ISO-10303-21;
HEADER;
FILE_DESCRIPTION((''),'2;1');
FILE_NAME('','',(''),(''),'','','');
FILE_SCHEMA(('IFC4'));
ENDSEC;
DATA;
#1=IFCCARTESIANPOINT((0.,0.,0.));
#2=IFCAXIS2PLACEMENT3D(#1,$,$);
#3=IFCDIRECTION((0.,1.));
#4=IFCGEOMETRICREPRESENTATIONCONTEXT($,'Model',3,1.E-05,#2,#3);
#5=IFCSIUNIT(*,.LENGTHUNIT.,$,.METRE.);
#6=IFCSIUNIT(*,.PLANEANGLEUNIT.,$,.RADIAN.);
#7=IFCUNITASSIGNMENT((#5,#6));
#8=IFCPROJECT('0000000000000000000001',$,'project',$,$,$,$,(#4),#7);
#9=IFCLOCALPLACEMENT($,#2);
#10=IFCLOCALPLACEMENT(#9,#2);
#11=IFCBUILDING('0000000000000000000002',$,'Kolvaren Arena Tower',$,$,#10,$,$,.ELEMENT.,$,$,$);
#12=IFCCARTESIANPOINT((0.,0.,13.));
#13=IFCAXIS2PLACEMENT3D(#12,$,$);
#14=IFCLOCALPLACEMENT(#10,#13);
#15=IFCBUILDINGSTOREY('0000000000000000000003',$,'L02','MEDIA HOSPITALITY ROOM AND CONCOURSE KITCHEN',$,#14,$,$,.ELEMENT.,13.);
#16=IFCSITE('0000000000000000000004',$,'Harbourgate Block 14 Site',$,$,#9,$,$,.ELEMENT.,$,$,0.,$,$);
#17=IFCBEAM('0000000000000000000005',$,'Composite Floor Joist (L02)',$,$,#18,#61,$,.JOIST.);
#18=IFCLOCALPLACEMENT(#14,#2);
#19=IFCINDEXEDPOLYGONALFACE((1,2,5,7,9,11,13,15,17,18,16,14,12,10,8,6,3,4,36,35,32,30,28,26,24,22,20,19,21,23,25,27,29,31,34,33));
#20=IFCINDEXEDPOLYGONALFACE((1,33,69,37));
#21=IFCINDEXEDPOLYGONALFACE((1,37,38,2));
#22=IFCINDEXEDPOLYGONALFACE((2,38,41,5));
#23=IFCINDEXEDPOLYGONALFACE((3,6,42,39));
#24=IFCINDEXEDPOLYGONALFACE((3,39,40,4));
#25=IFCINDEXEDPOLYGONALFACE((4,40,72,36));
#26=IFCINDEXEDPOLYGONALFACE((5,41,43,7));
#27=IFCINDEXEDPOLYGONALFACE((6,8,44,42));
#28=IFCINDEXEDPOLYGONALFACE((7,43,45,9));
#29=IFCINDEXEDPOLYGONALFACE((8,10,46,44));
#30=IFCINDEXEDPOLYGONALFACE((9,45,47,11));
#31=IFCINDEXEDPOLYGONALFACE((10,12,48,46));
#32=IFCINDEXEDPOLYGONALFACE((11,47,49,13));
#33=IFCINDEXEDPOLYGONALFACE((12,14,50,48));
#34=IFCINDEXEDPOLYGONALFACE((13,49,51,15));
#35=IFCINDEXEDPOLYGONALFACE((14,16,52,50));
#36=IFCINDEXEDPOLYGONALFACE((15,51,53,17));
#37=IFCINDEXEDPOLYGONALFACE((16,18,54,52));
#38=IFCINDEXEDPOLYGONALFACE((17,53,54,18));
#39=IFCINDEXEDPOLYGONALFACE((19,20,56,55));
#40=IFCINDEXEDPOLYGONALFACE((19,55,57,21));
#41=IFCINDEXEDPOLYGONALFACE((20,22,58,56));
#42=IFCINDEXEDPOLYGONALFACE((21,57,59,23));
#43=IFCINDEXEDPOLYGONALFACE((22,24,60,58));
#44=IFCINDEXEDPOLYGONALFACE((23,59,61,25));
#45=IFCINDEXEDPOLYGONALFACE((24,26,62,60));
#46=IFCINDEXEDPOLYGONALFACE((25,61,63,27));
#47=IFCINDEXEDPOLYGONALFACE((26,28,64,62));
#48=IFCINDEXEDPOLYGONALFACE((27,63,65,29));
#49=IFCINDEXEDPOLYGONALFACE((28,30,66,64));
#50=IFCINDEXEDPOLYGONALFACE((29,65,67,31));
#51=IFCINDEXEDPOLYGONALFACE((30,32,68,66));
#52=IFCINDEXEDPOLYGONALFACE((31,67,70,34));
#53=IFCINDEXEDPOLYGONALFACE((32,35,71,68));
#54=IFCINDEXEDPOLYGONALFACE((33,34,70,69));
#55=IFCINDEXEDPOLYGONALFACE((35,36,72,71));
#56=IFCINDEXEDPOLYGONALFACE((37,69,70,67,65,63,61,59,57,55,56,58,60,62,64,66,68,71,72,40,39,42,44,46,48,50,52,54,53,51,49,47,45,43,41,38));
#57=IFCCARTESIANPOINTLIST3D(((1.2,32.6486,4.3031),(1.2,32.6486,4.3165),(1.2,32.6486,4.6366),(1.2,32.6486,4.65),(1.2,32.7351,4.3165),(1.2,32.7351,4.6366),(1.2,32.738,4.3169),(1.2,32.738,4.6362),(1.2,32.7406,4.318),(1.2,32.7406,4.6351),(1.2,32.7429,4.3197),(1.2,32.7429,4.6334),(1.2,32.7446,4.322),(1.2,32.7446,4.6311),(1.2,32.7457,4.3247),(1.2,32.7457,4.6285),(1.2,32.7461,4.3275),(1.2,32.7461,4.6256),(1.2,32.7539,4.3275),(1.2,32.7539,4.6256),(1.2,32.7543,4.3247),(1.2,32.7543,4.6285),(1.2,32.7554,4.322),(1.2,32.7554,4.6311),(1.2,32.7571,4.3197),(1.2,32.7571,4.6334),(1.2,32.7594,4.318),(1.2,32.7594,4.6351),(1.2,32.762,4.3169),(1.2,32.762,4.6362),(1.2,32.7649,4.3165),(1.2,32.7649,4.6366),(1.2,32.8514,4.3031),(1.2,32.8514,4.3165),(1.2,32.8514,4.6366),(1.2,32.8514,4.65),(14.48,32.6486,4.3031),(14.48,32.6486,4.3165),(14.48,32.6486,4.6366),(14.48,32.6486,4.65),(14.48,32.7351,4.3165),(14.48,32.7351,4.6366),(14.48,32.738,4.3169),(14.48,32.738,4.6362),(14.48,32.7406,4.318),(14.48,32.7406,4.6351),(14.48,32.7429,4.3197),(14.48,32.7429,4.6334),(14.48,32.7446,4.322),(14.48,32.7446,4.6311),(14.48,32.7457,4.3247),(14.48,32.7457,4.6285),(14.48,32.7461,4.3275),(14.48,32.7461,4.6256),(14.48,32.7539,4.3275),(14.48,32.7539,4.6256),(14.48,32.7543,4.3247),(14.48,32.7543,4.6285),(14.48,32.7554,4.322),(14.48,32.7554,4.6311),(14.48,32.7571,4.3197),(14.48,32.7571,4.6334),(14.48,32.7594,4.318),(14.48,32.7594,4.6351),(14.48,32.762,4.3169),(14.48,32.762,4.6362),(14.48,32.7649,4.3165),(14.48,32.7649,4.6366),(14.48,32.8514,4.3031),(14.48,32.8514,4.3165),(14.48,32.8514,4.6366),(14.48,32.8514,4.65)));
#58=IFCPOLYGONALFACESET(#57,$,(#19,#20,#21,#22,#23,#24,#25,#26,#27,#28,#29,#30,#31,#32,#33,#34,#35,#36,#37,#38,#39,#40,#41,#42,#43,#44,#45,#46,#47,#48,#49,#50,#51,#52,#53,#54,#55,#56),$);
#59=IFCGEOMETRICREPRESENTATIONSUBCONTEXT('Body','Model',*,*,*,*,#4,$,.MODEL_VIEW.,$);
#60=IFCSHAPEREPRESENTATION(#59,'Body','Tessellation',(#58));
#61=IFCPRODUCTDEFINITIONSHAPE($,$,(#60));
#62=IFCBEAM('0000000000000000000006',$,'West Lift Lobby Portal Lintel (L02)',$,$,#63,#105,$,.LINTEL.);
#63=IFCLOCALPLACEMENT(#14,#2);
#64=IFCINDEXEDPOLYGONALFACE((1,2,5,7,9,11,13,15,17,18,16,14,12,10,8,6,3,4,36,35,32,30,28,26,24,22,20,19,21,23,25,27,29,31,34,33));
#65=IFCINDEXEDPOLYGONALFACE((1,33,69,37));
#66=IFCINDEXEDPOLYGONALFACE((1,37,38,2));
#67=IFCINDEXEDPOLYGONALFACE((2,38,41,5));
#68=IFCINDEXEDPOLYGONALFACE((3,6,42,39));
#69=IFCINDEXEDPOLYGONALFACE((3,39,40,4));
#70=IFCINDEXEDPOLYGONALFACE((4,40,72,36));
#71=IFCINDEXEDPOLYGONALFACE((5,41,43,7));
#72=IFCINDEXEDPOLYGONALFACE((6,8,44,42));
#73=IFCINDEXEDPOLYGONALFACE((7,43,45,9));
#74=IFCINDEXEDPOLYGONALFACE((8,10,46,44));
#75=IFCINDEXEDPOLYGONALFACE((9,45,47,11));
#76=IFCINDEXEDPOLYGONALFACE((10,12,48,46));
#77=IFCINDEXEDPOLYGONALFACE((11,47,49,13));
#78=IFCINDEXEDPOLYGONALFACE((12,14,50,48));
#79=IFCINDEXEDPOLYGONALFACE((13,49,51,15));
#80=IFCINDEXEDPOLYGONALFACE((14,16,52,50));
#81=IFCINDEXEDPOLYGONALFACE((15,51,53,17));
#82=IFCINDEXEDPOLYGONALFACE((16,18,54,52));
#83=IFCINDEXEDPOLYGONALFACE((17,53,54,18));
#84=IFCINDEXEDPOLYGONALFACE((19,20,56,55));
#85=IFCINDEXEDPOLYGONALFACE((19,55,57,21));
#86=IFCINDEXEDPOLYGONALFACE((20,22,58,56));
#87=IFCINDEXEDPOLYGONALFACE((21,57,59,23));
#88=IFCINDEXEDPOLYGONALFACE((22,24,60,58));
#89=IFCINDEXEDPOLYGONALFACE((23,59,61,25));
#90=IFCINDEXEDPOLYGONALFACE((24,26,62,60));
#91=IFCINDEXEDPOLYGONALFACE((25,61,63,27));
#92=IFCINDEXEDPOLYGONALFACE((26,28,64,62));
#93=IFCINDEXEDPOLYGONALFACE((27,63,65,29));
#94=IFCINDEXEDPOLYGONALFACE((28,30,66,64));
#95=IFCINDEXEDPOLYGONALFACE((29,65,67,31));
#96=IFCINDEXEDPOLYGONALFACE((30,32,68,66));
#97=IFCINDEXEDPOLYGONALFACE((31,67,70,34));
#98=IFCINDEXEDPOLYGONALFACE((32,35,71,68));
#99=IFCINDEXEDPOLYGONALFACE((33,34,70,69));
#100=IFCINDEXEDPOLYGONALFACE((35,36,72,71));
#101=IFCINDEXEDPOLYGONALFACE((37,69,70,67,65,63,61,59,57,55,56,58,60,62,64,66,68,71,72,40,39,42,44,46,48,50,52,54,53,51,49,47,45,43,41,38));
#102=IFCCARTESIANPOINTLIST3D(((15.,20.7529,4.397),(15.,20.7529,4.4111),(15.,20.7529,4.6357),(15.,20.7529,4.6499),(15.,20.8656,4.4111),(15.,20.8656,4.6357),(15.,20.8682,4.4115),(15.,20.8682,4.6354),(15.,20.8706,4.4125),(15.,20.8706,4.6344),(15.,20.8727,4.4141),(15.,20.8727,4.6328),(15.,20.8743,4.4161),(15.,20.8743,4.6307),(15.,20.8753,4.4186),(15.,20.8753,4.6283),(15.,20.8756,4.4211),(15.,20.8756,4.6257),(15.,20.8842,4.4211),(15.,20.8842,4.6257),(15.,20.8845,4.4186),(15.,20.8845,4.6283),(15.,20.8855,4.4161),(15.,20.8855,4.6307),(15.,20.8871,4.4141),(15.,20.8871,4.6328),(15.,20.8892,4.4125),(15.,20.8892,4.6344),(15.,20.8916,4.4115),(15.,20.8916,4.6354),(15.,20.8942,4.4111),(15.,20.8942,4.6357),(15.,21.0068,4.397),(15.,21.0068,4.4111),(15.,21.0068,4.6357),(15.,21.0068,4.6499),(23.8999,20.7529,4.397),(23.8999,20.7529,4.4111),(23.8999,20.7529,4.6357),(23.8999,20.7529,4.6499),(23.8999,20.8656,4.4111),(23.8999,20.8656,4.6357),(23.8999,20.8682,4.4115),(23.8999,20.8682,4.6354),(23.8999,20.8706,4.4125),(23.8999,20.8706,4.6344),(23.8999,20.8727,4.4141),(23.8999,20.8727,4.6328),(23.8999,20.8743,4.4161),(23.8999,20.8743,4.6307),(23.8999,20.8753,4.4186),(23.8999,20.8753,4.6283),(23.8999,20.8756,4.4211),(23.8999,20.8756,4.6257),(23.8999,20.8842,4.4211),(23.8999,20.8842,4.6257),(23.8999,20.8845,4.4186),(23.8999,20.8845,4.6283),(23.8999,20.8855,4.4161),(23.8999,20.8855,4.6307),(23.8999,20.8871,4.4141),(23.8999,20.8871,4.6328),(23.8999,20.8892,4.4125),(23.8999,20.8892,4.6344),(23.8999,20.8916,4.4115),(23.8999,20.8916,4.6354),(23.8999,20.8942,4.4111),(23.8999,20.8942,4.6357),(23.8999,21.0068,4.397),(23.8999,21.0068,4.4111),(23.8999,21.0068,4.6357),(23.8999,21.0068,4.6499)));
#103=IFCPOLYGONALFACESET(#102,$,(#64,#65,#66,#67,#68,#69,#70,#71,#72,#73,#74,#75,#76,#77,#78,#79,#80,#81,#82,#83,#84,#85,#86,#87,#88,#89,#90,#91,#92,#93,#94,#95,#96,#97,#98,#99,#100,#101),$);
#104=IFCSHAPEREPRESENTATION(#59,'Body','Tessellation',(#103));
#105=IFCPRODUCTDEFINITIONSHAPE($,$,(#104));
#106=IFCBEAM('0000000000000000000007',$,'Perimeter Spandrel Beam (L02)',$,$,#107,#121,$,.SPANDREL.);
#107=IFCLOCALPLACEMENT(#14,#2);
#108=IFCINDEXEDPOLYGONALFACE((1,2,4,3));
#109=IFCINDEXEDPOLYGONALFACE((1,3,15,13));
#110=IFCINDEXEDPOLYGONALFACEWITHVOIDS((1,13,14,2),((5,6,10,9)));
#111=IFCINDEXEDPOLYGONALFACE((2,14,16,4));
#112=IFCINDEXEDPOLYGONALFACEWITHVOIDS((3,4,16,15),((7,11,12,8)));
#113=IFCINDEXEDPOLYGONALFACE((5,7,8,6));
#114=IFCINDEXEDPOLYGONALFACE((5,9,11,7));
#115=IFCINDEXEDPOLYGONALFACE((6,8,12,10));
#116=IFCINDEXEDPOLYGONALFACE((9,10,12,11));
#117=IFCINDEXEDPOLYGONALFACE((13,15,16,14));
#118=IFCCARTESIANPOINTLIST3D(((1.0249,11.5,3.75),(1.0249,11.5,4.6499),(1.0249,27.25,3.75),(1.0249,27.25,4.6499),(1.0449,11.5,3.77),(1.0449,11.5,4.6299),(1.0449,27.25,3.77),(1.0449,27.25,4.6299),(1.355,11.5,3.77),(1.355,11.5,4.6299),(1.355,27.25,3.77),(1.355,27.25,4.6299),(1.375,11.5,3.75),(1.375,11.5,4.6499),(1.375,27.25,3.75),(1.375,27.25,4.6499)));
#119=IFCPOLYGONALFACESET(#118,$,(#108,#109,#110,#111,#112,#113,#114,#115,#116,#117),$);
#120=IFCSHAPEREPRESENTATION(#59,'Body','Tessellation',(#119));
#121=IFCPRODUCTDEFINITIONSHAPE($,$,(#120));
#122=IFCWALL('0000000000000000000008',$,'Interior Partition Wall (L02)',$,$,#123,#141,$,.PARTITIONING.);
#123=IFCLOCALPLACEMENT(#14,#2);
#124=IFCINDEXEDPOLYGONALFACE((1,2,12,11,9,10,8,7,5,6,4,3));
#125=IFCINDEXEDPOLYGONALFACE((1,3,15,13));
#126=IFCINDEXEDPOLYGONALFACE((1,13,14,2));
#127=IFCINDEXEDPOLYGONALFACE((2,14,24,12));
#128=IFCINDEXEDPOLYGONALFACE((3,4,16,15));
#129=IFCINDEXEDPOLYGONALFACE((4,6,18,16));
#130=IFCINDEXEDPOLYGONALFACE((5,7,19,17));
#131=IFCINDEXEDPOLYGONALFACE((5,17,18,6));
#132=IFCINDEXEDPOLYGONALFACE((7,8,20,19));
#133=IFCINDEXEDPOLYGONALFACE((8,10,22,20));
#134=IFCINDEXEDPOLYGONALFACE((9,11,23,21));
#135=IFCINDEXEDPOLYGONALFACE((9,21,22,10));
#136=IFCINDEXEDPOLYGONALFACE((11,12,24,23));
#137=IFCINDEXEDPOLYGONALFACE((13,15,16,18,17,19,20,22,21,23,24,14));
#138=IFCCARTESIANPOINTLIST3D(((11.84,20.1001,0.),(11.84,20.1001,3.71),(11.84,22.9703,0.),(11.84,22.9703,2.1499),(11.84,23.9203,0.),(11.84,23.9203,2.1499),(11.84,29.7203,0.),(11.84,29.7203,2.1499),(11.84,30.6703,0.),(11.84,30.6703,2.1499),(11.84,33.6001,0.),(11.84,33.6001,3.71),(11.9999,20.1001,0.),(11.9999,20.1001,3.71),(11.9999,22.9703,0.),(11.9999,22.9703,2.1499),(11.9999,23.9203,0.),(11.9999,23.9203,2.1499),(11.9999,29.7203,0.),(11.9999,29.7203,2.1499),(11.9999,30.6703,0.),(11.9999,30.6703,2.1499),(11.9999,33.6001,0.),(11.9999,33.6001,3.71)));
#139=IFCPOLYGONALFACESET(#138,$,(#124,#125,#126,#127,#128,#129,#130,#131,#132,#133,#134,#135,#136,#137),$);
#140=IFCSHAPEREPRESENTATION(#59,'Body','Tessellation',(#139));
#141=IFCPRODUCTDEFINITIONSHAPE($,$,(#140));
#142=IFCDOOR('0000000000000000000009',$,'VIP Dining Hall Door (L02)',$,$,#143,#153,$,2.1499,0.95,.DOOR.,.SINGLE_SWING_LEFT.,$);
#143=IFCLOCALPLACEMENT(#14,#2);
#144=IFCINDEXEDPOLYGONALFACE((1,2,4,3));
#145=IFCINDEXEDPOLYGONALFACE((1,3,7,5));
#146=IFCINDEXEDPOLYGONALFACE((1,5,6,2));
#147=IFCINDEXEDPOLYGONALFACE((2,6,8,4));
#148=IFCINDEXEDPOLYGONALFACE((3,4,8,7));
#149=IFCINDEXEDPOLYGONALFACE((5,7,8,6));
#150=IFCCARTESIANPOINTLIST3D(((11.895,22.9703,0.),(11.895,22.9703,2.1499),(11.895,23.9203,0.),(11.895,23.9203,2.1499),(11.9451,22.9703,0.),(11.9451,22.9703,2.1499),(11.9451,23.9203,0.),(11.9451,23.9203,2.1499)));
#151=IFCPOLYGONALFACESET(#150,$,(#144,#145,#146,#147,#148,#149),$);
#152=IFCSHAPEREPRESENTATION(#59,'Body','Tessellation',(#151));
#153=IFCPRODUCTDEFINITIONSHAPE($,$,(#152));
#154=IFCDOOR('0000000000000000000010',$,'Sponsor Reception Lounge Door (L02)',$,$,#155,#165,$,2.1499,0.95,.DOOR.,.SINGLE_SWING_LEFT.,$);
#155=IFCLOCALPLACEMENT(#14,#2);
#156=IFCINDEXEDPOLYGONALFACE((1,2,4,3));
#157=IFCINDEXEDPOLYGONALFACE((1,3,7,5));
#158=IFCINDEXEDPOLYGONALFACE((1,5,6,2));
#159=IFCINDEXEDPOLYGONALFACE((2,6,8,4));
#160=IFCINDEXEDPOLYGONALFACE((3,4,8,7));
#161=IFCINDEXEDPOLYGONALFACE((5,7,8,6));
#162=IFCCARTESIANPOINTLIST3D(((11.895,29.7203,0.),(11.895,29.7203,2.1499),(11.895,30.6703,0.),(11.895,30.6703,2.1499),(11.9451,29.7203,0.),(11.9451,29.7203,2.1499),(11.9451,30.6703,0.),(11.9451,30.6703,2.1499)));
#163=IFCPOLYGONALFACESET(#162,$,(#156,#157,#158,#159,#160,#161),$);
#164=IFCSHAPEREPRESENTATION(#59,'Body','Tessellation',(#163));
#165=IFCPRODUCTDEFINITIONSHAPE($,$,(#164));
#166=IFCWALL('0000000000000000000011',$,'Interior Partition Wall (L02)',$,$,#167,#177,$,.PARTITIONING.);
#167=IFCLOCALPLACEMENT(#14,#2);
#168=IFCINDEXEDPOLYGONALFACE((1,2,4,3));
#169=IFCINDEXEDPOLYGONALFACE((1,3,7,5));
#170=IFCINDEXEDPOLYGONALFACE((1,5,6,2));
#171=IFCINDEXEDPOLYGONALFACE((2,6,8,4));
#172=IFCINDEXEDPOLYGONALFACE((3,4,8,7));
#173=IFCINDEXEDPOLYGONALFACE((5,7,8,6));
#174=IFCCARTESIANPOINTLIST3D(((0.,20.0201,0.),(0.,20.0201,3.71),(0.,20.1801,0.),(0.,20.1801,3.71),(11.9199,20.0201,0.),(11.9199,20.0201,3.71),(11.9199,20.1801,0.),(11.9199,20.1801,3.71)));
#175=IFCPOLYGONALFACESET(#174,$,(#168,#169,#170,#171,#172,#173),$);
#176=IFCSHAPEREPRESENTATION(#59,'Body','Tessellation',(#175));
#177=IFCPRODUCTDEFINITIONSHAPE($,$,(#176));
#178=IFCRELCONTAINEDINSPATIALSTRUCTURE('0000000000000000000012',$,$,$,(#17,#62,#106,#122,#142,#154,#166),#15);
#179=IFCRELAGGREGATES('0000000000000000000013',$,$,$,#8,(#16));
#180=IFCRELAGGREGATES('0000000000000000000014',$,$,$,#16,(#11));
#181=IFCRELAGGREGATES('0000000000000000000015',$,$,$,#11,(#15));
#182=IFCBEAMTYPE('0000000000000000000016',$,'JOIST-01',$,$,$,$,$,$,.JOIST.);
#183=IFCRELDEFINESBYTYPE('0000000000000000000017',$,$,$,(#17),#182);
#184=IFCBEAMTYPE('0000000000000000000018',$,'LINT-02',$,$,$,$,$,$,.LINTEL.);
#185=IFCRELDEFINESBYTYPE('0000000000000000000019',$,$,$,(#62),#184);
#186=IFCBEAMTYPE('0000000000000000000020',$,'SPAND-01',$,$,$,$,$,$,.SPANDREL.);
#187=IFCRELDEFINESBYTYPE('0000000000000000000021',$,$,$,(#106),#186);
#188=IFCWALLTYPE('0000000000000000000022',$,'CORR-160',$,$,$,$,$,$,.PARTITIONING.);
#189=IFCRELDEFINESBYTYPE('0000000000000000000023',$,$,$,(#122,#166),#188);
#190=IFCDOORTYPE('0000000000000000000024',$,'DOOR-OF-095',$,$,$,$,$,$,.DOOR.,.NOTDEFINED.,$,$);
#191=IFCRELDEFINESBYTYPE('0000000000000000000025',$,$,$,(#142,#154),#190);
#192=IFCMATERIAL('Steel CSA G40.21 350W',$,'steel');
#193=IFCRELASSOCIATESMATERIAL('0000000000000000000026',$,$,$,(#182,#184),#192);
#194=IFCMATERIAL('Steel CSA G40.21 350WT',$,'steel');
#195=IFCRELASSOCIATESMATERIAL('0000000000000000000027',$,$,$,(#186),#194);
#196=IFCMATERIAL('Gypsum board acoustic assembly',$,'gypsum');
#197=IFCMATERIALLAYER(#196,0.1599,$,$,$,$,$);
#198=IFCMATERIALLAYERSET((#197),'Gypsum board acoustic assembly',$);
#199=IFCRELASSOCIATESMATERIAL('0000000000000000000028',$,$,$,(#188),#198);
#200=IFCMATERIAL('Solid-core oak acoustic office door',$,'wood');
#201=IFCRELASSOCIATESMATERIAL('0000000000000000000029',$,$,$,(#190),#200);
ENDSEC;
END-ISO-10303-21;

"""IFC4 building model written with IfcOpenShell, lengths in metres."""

from ifc_helpers import new_model, si_unit, direction, frame, frame_2d, origin, origin_2d, place, context, subcontext, project, spatial, rectangle, hollow_rectangle, i_section, extrude, material, layer, layer_set, material_profile, profile_set, type_object, element, fill, save


model = new_model("IFC4")

# Units and contexts
model_context = context("Model", 3, precision=1e-05, world=origin(), true_north=direction((0.0, 1.0)))
body_context = subcontext(model_context, "Body", "Model", "MODEL_VIEW")
ifc_project = project(units=[si_unit("LENGTHUNIT", "METRE"), si_unit("PLANEANGLEUNIT", "RADIAN")], contexts=[model_context])

# Site, building, storey
site_placement = place(None, origin())
site = spatial("IfcSite", under=ifc_project, at=site_placement, Name="Harbourgate Block 14 Site", CompositionType="ELEMENT", RefElevation=0.0)
building_placement = place(site_placement, origin())
building = spatial("IfcBuilding", under=site, at=building_placement, Name="Kolvaren Arena Tower", CompositionType="ELEMENT")
storey_placement = place(building_placement, frame((0.0, 0.0, 13.0)))
storey = spatial("IfcBuildingStorey", under=building, at=storey_placement, Name="L02", Description="MEDIA HOSPITALITY ROOM AND CONCOURSE KITCHEN", CompositionType="ELEMENT", Elevation=13.0)

# Beams
ifc_material_1 = material(Name="Steel CSA G40.21 350W", Category="steel")
ifc_material_profile_1 = material_profile(ifc_material_1, i_section(OverallWidth=0.2029, OverallDepth=0.3469, WebThickness=0.0078, FlangeThickness=0.0134, FilletRadius=0.011, at=origin_2d()), Name="W360x64")
ifc_profile_set_1 = profile_set([ifc_material_profile_1], Name="Steel CSA G40.21 350W")
beam_type_1 = type_object("IfcBeamType", Name="JOIST-01", PredefinedType="JOIST", material=ifc_profile_set_1)
beam_1_placement = place(storey_placement, frame((1.2, 32.75, 4.4766), z_axis=(1.0, 0.0, 0.0), x_axis=(0.0, 1.0, 0.0)))
element("IfcBeam", 1, at=beam_1_placement, inside=storey, type_object=beam_type_1, Name="Composite Floor Joist (L02)", PredefinedType="JOIST", context=body_context, shape_type="SweptSolid", body=[
    extrude(i_section(OverallWidth=0.2029, OverallDepth=0.3469, WebThickness=0.0078, FlangeThickness=0.0134, FilletRadius=0.011, at=origin_2d()), origin(), (0.0, 0.0, 1.0), 13.28),
])
ifc_material_profile_2 = material_profile(ifc_material_1, i_section(OverallWidth=0.2539, OverallDepth=0.2529, WebThickness=0.0085, FlangeThickness=0.0142, FilletRadius=0.01, at=origin_2d()), Name="W250x73")
ifc_profile_set_2 = profile_set([ifc_material_profile_2], Name="Steel CSA G40.21 350W")
beam_type_2 = type_object("IfcBeamType", Name="LINT-02", PredefinedType="LINTEL", material=ifc_profile_set_2)
beam_2_placement = place(storey_placement, frame((15.0, 20.8799, 4.5234), z_axis=(1.0, 0.0, 0.0), x_axis=(0.0, 1.0, 0.0)))
element("IfcBeam", 2, at=beam_2_placement, inside=storey, type_object=beam_type_2, Name="West Lift Lobby Portal Lintel (L02)", PredefinedType="LINTEL", context=body_context, shape_type="SweptSolid", body=[
    extrude(i_section(OverallWidth=0.2539, OverallDepth=0.2529, WebThickness=0.0085, FlangeThickness=0.0142, FilletRadius=0.01, at=origin_2d()), origin(), (0.0, 0.0, 1.0), 8.8999),
])
ifc_material_2 = material(Name="Steel CSA G40.21 350WT", Category="steel")
ifc_material_profile_3 = material_profile(ifc_material_2, hollow_rectangle(XDim=0.3501, YDim=0.8999, WallThickness=0.02, at=origin_2d()), Name="HSS 900x350x20")
ifc_profile_set_3 = profile_set([ifc_material_profile_3], Name="Steel CSA G40.21 350WT")
beam_type_3 = type_object("IfcBeamType", Name="SPAND-01", PredefinedType="SPANDREL", material=ifc_profile_set_3)
beam_3_placement = place(storey_placement, frame((1.2, 27.25, 4.2), z_axis=(0.0, -1.0, 0.0), x_axis=(1.0, 0.0, 0.0)))
element("IfcBeam", 3, at=beam_3_placement, inside=storey, type_object=beam_type_3, Name="Perimeter Spandrel Beam (L02)", PredefinedType="SPANDREL", context=body_context, shape_type="SweptSolid", body=[
    extrude(hollow_rectangle(XDim=0.3501, YDim=0.8999, WallThickness=0.02, at=origin_2d()), origin(), (0.0, 0.0, 1.0), 15.75),
])

# Wall, openings, doors
ifc_material_3 = material(Name="Gypsum board acoustic assembly", Category="gypsum")
ifc_layer_1 = layer(ifc_material_3, 0.1599)
ifc_layer_set_1 = layer_set([ifc_layer_1], Name="Gypsum board acoustic assembly")
wall_type_1 = type_object("IfcWallType", Name="CORR-160", PredefinedType="PARTITIONING", material=ifc_layer_set_1)
wall_1_placement = place(storey_placement, frame((11.9199, 20.1001, 0.0), z_axis=(0.0, 0.0, 1.0), x_axis=(0.0, 1.0, 0.0)))
wall_1 = element("IfcWall", 4, at=wall_1_placement, inside=storey, type_object=wall_type_1, Name="Interior Partition Wall (L02)", PredefinedType="PARTITIONING", context=body_context, shape_type="SweptSolid", body=[
    extrude(rectangle(XDim=13.5, YDim=0.1599, at=frame_2d((6.75, 0.0))), origin(), (0.0, 0.0, 1.0), 3.71),
])
opening_1_placement = place(wall_1_placement, frame((2.8701, 0.0, 0.0)))
opening_1 = element("IfcOpeningElement", 5, at=opening_1_placement, cuts=wall_1, PredefinedType="OPENING", context=body_context, shape_type="SweptSolid", body=[
    extrude(rectangle(XDim=0.95, YDim=2.1499, at=frame_2d((0.4751, 1.075))), frame((0.0, 0.0898, 0.0), z_axis=(0.0, -1.0, 0.0), x_axis=(1.0, 0.0, 0.0)), (0.0, 0.0, 1.0), 0.1799),
])
opening_2_placement = place(wall_1_placement, frame((9.6201, 0.0, 0.0)))
opening_2 = element("IfcOpeningElement", 6, at=opening_2_placement, cuts=wall_1, PredefinedType="OPENING", context=body_context, shape_type="SweptSolid", body=[
    extrude(rectangle(XDim=0.95, YDim=2.1499, at=frame_2d((0.4751, 1.075))), frame((0.0, 0.0898, 0.0), z_axis=(0.0, -1.0, 0.0), x_axis=(1.0, 0.0, 0.0)), (0.0, 0.0, 1.0), 0.1799),
])
ifc_material_4 = material(Name="Solid-core oak acoustic office door", Category="wood")
door_type_1 = type_object("IfcDoorType", Name="DOOR-OF-095", OperationType="NOTDEFINED", PredefinedType="DOOR", material=ifc_material_4)
door_1_placement = place(opening_1_placement, origin())
door_1 = element("IfcDoor", 7, at=door_1_placement, inside=storey, type_object=door_type_1, Name="VIP Dining Hall Door (L02)", OperationType="SINGLE_SWING_LEFT", OverallHeight=2.1499, OverallWidth=0.95, PredefinedType="DOOR", context=body_context, shape_type="SweptSolid", body=[
    extrude(rectangle(XDim=0.95, YDim=2.1499, at=frame_2d((0.4751, 1.075))), frame((0.0, 0.0249, 0.0), z_axis=(0.0, -1.0, 0.0), x_axis=(1.0, 0.0, 0.0)), (0.0, 0.0, 1.0), 0.05),
])
fill(opening_1, door_1)
door_2_placement = place(opening_2_placement, origin())
door_2 = element("IfcDoor", 8, at=door_2_placement, inside=storey, type_object=door_type_1, Name="Sponsor Reception Lounge Door (L02)", OperationType="SINGLE_SWING_LEFT", OverallHeight=2.1499, OverallWidth=0.95, PredefinedType="DOOR", context=body_context, shape_type="SweptSolid", body=[
    extrude(rectangle(XDim=0.95, YDim=2.1499, at=frame_2d((0.4751, 1.075))), frame((0.0, 0.0249, 0.0), z_axis=(0.0, -1.0, 0.0), x_axis=(1.0, 0.0, 0.0)), (0.0, 0.0, 1.0), 0.05),
])
fill(opening_2, door_2)

# Wall
for number, where, z_axis, x_axis, name in (
    (9, (0.0, 20.1001, 0.0), (0.0, 0.0, 1.0), (1.0, 0.0, 0.0), "Interior Partition Wall (L02)"),
):
    element("IfcWall", number, at=place(storey_placement, frame(where, z_axis=z_axis, x_axis=x_axis)), inside=storey, type_object=wall_type_1, Name=name, PredefinedType="PARTITIONING", context=body_context, shape_type="SweptSolid", body=[
        extrude(rectangle(XDim=11.9199, YDim=0.1599, at=frame_2d((5.96, 0.0))), origin(), (0.0, 0.0, 1.0), 3.71),
    ])

save(model, "model.ifc")
